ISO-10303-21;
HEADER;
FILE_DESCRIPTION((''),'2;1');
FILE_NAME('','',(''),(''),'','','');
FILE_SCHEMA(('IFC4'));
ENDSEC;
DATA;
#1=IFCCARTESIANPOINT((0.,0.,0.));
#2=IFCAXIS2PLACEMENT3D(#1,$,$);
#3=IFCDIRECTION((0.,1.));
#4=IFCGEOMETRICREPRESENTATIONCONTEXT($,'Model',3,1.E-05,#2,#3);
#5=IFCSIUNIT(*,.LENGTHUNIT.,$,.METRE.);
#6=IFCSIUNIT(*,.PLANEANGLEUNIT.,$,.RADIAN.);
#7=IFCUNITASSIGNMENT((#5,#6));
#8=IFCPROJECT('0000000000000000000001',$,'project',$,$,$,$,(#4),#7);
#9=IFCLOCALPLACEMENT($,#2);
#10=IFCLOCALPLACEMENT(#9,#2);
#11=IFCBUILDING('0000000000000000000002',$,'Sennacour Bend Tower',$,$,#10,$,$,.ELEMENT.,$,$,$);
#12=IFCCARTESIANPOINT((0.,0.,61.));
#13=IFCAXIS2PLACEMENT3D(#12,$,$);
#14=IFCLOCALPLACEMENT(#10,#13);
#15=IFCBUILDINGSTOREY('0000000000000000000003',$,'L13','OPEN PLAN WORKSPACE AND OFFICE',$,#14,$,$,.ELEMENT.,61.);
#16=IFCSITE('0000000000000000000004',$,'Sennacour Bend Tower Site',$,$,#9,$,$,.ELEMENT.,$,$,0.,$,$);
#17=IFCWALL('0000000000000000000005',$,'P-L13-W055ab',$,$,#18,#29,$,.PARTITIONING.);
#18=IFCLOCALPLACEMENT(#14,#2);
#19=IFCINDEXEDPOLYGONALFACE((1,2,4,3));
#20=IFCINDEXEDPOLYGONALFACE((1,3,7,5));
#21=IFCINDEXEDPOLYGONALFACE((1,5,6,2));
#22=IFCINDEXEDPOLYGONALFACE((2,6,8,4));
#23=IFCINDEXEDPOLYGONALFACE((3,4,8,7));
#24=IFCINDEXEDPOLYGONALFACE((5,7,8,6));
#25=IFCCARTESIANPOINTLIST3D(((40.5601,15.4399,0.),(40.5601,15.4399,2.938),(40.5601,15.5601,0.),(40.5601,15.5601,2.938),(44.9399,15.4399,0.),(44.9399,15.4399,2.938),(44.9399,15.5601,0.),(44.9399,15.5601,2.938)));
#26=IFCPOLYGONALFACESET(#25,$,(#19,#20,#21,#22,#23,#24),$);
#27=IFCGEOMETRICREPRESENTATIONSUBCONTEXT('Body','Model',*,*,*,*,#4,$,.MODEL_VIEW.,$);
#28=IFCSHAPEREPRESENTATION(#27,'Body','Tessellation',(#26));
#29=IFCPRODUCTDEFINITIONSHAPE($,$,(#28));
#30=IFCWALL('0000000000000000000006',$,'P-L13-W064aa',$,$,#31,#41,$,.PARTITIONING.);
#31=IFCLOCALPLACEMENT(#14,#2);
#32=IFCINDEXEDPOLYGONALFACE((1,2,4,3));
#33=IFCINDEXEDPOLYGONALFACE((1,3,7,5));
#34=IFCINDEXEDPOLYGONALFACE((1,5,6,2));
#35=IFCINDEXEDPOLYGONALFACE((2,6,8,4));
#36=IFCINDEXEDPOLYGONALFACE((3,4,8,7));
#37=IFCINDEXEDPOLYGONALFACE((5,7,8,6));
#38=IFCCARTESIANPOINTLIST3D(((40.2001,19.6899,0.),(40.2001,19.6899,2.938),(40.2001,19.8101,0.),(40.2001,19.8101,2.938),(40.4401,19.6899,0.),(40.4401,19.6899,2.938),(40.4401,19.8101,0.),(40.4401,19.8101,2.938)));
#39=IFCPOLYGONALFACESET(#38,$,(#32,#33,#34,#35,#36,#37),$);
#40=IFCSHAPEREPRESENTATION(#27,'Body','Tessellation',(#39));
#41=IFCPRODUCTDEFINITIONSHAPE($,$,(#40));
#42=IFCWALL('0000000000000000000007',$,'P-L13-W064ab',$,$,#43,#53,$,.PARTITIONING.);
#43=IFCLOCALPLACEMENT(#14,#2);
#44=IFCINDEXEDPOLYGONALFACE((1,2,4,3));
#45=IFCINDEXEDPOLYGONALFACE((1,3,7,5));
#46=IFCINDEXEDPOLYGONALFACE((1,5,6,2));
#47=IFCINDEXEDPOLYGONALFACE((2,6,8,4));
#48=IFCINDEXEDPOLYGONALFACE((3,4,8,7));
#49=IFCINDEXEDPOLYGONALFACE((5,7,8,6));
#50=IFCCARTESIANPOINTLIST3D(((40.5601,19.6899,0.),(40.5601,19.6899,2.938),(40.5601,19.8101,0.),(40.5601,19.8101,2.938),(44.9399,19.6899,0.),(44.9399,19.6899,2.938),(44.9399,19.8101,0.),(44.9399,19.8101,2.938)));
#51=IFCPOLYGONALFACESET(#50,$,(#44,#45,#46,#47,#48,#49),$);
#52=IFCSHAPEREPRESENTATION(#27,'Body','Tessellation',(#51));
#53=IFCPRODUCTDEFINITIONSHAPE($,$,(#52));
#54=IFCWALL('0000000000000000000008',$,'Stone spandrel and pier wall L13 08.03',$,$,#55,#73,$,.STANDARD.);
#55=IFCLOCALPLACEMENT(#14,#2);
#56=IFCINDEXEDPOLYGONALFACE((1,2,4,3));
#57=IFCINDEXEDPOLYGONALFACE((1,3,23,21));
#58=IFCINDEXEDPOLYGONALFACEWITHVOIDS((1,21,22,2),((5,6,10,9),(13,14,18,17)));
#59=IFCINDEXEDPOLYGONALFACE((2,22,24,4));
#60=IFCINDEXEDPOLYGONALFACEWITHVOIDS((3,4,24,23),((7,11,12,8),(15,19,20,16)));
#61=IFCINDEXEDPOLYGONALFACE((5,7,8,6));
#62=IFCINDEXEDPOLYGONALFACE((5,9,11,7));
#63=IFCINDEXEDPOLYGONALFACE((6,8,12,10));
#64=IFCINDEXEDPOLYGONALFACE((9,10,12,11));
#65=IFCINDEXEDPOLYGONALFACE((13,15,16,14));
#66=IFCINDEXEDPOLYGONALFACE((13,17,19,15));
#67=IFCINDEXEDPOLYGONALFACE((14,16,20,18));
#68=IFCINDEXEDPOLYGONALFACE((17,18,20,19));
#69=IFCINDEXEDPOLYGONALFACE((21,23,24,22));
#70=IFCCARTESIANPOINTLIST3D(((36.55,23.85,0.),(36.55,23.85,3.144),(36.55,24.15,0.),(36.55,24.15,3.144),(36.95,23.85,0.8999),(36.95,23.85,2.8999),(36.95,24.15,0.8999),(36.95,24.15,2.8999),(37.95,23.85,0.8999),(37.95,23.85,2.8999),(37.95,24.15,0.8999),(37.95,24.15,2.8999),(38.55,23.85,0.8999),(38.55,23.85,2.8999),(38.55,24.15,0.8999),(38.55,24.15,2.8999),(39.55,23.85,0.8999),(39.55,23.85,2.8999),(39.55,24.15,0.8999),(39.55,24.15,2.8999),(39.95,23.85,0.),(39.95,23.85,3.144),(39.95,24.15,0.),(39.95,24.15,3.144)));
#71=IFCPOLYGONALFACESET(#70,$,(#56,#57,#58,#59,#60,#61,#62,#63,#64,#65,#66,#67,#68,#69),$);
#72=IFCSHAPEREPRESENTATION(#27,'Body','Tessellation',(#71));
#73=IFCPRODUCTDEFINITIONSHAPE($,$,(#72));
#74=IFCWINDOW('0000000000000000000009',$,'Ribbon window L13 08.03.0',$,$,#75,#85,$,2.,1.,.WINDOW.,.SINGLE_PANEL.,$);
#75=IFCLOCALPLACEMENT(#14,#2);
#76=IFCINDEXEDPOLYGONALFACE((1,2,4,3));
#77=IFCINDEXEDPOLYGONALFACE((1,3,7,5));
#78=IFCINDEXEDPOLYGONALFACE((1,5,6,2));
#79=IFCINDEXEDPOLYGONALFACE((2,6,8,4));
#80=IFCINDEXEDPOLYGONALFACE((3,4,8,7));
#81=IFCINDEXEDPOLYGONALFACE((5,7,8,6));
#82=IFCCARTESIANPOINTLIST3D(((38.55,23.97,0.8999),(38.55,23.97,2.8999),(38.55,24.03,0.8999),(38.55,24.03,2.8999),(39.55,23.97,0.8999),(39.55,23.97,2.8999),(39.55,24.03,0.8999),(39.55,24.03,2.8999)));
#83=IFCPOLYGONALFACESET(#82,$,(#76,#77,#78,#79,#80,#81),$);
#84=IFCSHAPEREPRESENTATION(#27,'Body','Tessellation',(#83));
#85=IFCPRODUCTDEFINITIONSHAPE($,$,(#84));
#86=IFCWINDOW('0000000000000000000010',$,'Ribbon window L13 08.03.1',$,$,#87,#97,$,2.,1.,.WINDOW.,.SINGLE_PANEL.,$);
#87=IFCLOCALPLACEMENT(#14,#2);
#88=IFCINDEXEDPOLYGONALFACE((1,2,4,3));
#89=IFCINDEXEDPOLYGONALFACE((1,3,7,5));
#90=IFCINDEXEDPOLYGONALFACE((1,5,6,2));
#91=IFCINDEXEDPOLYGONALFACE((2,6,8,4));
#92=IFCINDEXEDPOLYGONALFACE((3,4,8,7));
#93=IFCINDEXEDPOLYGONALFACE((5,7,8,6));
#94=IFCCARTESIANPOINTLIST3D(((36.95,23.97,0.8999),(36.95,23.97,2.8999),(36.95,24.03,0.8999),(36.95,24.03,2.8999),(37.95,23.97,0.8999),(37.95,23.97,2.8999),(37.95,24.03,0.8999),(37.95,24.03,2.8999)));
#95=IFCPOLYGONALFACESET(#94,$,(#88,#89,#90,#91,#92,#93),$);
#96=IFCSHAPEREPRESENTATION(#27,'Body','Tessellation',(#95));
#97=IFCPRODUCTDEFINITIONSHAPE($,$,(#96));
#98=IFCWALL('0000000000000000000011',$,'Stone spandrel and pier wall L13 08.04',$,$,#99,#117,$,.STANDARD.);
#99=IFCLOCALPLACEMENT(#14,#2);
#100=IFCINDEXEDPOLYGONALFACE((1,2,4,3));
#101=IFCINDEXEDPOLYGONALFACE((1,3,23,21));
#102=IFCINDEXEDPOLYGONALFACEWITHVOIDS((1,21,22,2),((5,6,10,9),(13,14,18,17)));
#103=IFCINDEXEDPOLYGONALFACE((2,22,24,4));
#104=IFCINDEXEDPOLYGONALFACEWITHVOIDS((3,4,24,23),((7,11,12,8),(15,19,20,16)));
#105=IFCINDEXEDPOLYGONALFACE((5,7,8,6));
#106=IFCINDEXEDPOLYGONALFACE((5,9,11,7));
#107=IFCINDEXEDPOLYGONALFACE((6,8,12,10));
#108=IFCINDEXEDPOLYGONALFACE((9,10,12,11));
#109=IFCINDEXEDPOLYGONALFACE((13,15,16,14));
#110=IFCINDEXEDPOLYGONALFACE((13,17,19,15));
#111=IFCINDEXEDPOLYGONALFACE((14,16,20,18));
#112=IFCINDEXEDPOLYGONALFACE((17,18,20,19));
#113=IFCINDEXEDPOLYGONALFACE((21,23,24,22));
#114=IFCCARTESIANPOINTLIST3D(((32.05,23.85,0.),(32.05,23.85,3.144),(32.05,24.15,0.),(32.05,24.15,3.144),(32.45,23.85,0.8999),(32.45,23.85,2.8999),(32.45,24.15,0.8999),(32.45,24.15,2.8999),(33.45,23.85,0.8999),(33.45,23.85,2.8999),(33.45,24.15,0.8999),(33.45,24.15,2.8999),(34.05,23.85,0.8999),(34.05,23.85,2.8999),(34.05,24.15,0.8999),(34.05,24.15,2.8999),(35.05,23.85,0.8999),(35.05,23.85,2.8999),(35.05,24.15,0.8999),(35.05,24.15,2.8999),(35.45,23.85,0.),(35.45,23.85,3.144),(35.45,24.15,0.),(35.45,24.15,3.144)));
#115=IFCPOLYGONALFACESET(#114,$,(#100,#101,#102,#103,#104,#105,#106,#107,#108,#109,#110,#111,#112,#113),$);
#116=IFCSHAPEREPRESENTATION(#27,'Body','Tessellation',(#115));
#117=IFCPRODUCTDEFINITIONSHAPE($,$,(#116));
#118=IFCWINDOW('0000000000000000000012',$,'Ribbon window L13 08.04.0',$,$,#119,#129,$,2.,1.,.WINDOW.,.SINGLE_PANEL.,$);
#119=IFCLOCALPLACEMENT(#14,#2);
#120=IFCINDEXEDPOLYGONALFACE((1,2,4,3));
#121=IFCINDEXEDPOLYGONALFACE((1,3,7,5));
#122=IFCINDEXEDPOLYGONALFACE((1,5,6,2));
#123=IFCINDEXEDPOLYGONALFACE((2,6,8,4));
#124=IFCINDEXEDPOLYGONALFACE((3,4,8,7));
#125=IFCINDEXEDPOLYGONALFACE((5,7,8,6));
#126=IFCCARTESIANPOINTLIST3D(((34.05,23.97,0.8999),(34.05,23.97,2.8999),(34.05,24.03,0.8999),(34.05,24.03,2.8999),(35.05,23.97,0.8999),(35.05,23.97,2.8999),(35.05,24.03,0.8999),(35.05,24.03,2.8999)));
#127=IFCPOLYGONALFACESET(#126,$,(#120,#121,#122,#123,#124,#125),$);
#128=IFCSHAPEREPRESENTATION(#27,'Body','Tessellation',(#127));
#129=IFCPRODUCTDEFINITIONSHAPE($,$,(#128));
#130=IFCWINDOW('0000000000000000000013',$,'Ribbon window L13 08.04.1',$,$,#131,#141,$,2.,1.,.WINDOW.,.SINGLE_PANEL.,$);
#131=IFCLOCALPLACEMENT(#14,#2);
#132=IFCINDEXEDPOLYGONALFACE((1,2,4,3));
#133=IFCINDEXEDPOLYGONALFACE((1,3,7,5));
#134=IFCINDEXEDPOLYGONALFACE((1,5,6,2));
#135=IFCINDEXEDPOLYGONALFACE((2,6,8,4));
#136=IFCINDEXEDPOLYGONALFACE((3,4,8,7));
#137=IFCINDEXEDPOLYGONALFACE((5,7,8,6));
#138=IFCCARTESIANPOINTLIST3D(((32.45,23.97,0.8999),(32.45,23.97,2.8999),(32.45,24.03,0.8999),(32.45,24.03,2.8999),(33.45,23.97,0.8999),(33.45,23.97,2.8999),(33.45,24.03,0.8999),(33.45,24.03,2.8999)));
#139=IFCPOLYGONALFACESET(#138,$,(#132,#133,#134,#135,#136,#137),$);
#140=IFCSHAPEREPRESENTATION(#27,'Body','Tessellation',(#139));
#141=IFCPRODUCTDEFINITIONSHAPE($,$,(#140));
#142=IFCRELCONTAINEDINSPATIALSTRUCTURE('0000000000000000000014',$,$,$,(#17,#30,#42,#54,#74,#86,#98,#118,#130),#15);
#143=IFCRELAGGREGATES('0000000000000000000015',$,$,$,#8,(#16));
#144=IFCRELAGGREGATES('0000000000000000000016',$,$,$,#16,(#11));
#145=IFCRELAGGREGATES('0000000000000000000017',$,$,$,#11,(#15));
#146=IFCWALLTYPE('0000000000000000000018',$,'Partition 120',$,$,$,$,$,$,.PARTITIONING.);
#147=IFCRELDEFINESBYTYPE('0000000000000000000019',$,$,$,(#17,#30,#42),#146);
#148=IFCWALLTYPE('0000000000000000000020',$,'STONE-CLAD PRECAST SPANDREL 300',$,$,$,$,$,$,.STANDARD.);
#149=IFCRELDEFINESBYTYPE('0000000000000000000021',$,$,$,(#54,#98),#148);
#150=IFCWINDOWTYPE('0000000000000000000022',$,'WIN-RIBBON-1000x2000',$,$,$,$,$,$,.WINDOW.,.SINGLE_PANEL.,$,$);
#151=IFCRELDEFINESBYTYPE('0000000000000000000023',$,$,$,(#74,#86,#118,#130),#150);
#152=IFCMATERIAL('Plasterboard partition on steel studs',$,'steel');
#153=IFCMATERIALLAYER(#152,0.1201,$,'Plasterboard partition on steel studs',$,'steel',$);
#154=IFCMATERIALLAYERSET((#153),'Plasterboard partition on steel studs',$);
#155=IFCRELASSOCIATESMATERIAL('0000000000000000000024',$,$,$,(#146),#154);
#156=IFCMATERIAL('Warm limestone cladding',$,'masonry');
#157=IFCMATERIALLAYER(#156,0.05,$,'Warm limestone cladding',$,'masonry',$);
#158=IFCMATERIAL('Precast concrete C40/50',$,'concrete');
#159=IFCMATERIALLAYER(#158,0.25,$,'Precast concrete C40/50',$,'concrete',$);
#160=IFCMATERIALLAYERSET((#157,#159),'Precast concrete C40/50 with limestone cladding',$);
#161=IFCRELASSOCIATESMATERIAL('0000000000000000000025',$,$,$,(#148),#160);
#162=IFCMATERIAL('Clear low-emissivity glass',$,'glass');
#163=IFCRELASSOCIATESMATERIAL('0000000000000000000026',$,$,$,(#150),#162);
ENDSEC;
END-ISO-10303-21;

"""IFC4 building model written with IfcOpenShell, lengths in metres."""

from ifc_helpers import new_model, si_unit, direction, frame, frame_2d, origin, place, context, subcontext, project, spatial, rectangle, extrude, material, layer, layer_set, type_object, element, fill, save


model = new_model("IFC4")

# Units and contexts
model_context = context("Model", 3, precision=1e-05, world=origin(), true_north=direction((0.0, 1.0)))
body_context = subcontext(model_context, "Body", "Model", "MODEL_VIEW")
ifc_project = project(units=[si_unit("LENGTHUNIT", "METRE"), si_unit("PLANEANGLEUNIT", "RADIAN")], contexts=[model_context])

# Site, building, storey
site_placement = place(None, origin())
site = spatial("IfcSite", under=ifc_project, at=site_placement, Name="Sennacour Bend Tower Site", CompositionType="ELEMENT", RefElevation=0.0)
building_placement = place(site_placement, origin())
building = spatial("IfcBuilding", under=site, at=building_placement, Name="Sennacour Bend Tower", CompositionType="ELEMENT")
storey_placement = place(building_placement, frame((0.0, 0.0, 61.0)))
storey = spatial("IfcBuildingStorey", under=building, at=storey_placement, Name="L13", Description="OPEN PLAN WORKSPACE AND OFFICE", CompositionType="ELEMENT", Elevation=61.0)

# Walls
ifc_material_1 = material(Name="Plasterboard partition on steel studs", Category="steel")
ifc_layer_1 = layer(ifc_material_1, 0.1201, Name="Plasterboard partition on steel studs", Category="steel")
ifc_layer_set_1 = layer_set([ifc_layer_1], Name="Plasterboard partition on steel studs")
wall_type_1 = type_object("IfcWallType", Name="Partition 120", PredefinedType="PARTITIONING", material=ifc_layer_set_1)
wall_1_placement = place(storey_placement, frame((40.5601, 15.5, 0.0), z_axis=(0.0, 0.0, 1.0), x_axis=(1.0, 0.0, 0.0)))
element("IfcWall", 1, at=wall_1_placement, inside=storey, type_object=wall_type_1, Name="P-L13-W055ab", PredefinedType="PARTITIONING", context=body_context, shape_type="SweptSolid", body=[
    extrude(rectangle(XDim=4.3799, YDim=0.1201, at=frame_2d((2.1899, 0.0))), origin(), (0.0, 0.0, 1.0), 2.938),
])
wall_2_placement = place(storey_placement, frame((40.2, 19.75, 0.0), z_axis=(0.0, 0.0, 1.0), x_axis=(1.0, 0.0, 0.0)))
element("IfcWall", 2, at=wall_2_placement, inside=storey, type_object=wall_type_1, Name="P-L13-W064aa", PredefinedType="PARTITIONING", context=body_context, shape_type="SweptSolid", body=[
    extrude(rectangle(XDim=0.24, YDim=0.1201, at=frame_2d((0.1201, 0.0))), origin(), (0.0, 0.0, 1.0), 2.938),
])
wall_3_placement = place(storey_placement, frame((40.5601, 19.75, 0.0), z_axis=(0.0, 0.0, 1.0), x_axis=(1.0, 0.0, 0.0)))
element("IfcWall", 3, at=wall_3_placement, inside=storey, type_object=wall_type_1, Name="P-L13-W064ab", PredefinedType="PARTITIONING", context=body_context, shape_type="SweptSolid", body=[
    extrude(rectangle(XDim=4.3799, YDim=0.1201, at=frame_2d((2.1899, 0.0))), origin(), (0.0, 0.0, 1.0), 2.938),
])

# Walls, openings, windows
ifc_material_2 = material(Name="Warm limestone cladding", Category="masonry")
ifc_layer_2 = layer(ifc_material_2, 0.05, Name="Warm limestone cladding", Category="masonry")
ifc_material_3 = material(Name="Precast concrete C40/50", Category="concrete")
ifc_layer_3 = layer(ifc_material_3, 0.25, Name="Precast concrete C40/50", Category="concrete")
ifc_layer_set_2 = layer_set([ifc_layer_2, ifc_layer_3], Name="Precast concrete C40/50 with limestone cladding")
wall_type_2 = type_object("IfcWallType", Name="STONE-CLAD PRECAST SPANDREL 300", PredefinedType="STANDARD", material=ifc_layer_set_2)
wall_4_placement = place(storey_placement, frame((39.95, 24.0, 0.0), z_axis=(0.0, 0.0, 1.0), x_axis=(-1.0, 0.0, 0.0)))
wall_4 = element("IfcWall", 4, at=wall_4_placement, inside=storey, type_object=wall_type_2, Name="Stone spandrel and pier wall L13 08.03", PredefinedType="STANDARD", context=body_context, shape_type="SweptSolid", body=[
    extrude(rectangle(XDim=3.3999, YDim=0.3, at=frame_2d((1.7, 0.0))), origin(), (0.0, 0.0, 1.0), 3.144),
])
opening_1_placement = place(wall_4_placement, frame((0.3999, 0.0, 0.8999)))
opening_1 = element("IfcOpeningElement", 5, at=opening_1_placement, cuts=wall_4, PredefinedType="OPENING", context=body_context, shape_type="SweptSolid", body=[
    extrude(rectangle(XDim=1.0, YDim=2.0, at=frame_2d((0.5, 1.0))), frame((0.0, 0.1602, 0.0), z_axis=(0.0, -1.0, 0.0), x_axis=(1.0, 0.0, 0.0)), (0.0, 0.0, 1.0), 0.3201),
])
opening_2_placement = place(wall_4_placement, frame((2.0, 0.0, 0.8999)))
opening_2 = element("IfcOpeningElement", 6, at=opening_2_placement, cuts=wall_4, PredefinedType="OPENING", context=body_context, shape_type="SweptSolid", body=[
    extrude(rectangle(XDim=1.0, YDim=2.0, at=frame_2d((0.5, 1.0))), frame((0.0, 0.1602, 0.0), z_axis=(0.0, -1.0, 0.0), x_axis=(1.0, 0.0, 0.0)), (0.0, 0.0, 1.0), 0.3201),
])
ifc_material_4 = material(Name="Clear low-emissivity glass", Category="glass")
window_type_1 = type_object("IfcWindowType", Name="WIN-RIBBON-1000x2000", PartitioningType="SINGLE_PANEL", PredefinedType="WINDOW", material=ifc_material_4)
window_1_placement = place(opening_1_placement, origin())
window_1 = element("IfcWindow", 7, at=window_1_placement, inside=storey, type_object=window_type_1, Name="Ribbon window L13 08.03.0", OverallHeight=2.0, OverallWidth=1.0, PartitioningType="SINGLE_PANEL", PredefinedType="WINDOW", context=body_context, shape_type="SweptSolid", body=[
    extrude(rectangle(XDim=1.0, YDim=2.0, at=frame_2d((0.5, 1.0))), frame((0.0, 0.03, 0.0), z_axis=(0.0, -1.0, 0.0), x_axis=(1.0, 0.0, 0.0)), (0.0, 0.0, 1.0), 0.0601),
])
fill(opening_1, window_1)
window_2_placement = place(opening_2_placement, origin())
window_2 = element("IfcWindow", 8, at=window_2_placement, inside=storey, type_object=window_type_1, Name="Ribbon window L13 08.03.1", OverallHeight=2.0, OverallWidth=1.0, PartitioningType="SINGLE_PANEL", PredefinedType="WINDOW", context=body_context, shape_type="SweptSolid", body=[
    extrude(rectangle(XDim=1.0, YDim=2.0, at=frame_2d((0.5, 1.0))), frame((0.0, 0.03, 0.0), z_axis=(0.0, -1.0, 0.0), x_axis=(1.0, 0.0, 0.0)), (0.0, 0.0, 1.0), 0.0601),
])
fill(opening_2, window_2)
wall_5_placement = place(storey_placement, frame((35.45, 24.0, 0.0), z_axis=(0.0, 0.0, 1.0), x_axis=(-1.0, 0.0, 0.0)))
wall_5 = element("IfcWall", 9, at=wall_5_placement, inside=storey, type_object=wall_type_2, Name="Stone spandrel and pier wall L13 08.04", PredefinedType="STANDARD", context=body_context, shape_type="SweptSolid", body=[
    extrude(rectangle(XDim=3.3999, YDim=0.3, at=frame_2d((1.7, 0.0))), origin(), (0.0, 0.0, 1.0), 3.144),
])
opening_3_placement = place(wall_5_placement, frame((0.3999, 0.0, 0.8999)))
opening_3 = element("IfcOpeningElement", 10, at=opening_3_placement, cuts=wall_5, PredefinedType="OPENING", context=body_context, shape_type="SweptSolid", body=[
    extrude(rectangle(XDim=1.0, YDim=2.0, at=frame_2d((0.5, 1.0))), frame((0.0, 0.1602, 0.0), z_axis=(0.0, -1.0, 0.0), x_axis=(1.0, 0.0, 0.0)), (0.0, 0.0, 1.0), 0.3201),
])
opening_4_placement = place(wall_5_placement, frame((2.0, 0.0, 0.8999)))
opening_4 = element("IfcOpeningElement", 11, at=opening_4_placement, cuts=wall_5, PredefinedType="OPENING", context=body_context, shape_type="SweptSolid", body=[
    extrude(rectangle(XDim=1.0, YDim=2.0, at=frame_2d((0.5, 1.0))), frame((0.0, 0.1602, 0.0), z_axis=(0.0, -1.0, 0.0), x_axis=(1.0, 0.0, 0.0)), (0.0, 0.0, 1.0), 0.3201),
])
window_3_placement = place(opening_3_placement, origin())
window_3 = element("IfcWindow", 12, at=window_3_placement, inside=storey, type_object=window_type_1, Name="Ribbon window L13 08.04.0", OverallHeight=2.0, OverallWidth=1.0, PartitioningType="SINGLE_PANEL", PredefinedType="WINDOW", context=body_context, shape_type="SweptSolid", body=[
    extrude(rectangle(XDim=1.0, YDim=2.0, at=frame_2d((0.5, 1.0))), frame((0.0, 0.03, 0.0), z_axis=(0.0, -1.0, 0.0), x_axis=(1.0, 0.0, 0.0)), (0.0, 0.0, 1.0), 0.0601),
])
fill(opening_3, window_3)
window_4_placement = place(opening_4_placement, origin())
window_4 = element("IfcWindow", 13, at=window_4_placement, inside=storey, type_object=window_type_1, Name="Ribbon window L13 08.04.1", OverallHeight=2.0, OverallWidth=1.0, PartitioningType="SINGLE_PANEL", PredefinedType="WINDOW", context=body_context, shape_type="SweptSolid", body=[
    extrude(rectangle(XDim=1.0, YDim=2.0, at=frame_2d((0.5, 1.0))), frame((0.0, 0.03, 0.0), z_axis=(0.0, -1.0, 0.0), x_axis=(1.0, 0.0, 0.0)), (0.0, 0.0, 1.0), 0.0601),
])
fill(opening_4, window_4)

save(model, "model.ifc")
